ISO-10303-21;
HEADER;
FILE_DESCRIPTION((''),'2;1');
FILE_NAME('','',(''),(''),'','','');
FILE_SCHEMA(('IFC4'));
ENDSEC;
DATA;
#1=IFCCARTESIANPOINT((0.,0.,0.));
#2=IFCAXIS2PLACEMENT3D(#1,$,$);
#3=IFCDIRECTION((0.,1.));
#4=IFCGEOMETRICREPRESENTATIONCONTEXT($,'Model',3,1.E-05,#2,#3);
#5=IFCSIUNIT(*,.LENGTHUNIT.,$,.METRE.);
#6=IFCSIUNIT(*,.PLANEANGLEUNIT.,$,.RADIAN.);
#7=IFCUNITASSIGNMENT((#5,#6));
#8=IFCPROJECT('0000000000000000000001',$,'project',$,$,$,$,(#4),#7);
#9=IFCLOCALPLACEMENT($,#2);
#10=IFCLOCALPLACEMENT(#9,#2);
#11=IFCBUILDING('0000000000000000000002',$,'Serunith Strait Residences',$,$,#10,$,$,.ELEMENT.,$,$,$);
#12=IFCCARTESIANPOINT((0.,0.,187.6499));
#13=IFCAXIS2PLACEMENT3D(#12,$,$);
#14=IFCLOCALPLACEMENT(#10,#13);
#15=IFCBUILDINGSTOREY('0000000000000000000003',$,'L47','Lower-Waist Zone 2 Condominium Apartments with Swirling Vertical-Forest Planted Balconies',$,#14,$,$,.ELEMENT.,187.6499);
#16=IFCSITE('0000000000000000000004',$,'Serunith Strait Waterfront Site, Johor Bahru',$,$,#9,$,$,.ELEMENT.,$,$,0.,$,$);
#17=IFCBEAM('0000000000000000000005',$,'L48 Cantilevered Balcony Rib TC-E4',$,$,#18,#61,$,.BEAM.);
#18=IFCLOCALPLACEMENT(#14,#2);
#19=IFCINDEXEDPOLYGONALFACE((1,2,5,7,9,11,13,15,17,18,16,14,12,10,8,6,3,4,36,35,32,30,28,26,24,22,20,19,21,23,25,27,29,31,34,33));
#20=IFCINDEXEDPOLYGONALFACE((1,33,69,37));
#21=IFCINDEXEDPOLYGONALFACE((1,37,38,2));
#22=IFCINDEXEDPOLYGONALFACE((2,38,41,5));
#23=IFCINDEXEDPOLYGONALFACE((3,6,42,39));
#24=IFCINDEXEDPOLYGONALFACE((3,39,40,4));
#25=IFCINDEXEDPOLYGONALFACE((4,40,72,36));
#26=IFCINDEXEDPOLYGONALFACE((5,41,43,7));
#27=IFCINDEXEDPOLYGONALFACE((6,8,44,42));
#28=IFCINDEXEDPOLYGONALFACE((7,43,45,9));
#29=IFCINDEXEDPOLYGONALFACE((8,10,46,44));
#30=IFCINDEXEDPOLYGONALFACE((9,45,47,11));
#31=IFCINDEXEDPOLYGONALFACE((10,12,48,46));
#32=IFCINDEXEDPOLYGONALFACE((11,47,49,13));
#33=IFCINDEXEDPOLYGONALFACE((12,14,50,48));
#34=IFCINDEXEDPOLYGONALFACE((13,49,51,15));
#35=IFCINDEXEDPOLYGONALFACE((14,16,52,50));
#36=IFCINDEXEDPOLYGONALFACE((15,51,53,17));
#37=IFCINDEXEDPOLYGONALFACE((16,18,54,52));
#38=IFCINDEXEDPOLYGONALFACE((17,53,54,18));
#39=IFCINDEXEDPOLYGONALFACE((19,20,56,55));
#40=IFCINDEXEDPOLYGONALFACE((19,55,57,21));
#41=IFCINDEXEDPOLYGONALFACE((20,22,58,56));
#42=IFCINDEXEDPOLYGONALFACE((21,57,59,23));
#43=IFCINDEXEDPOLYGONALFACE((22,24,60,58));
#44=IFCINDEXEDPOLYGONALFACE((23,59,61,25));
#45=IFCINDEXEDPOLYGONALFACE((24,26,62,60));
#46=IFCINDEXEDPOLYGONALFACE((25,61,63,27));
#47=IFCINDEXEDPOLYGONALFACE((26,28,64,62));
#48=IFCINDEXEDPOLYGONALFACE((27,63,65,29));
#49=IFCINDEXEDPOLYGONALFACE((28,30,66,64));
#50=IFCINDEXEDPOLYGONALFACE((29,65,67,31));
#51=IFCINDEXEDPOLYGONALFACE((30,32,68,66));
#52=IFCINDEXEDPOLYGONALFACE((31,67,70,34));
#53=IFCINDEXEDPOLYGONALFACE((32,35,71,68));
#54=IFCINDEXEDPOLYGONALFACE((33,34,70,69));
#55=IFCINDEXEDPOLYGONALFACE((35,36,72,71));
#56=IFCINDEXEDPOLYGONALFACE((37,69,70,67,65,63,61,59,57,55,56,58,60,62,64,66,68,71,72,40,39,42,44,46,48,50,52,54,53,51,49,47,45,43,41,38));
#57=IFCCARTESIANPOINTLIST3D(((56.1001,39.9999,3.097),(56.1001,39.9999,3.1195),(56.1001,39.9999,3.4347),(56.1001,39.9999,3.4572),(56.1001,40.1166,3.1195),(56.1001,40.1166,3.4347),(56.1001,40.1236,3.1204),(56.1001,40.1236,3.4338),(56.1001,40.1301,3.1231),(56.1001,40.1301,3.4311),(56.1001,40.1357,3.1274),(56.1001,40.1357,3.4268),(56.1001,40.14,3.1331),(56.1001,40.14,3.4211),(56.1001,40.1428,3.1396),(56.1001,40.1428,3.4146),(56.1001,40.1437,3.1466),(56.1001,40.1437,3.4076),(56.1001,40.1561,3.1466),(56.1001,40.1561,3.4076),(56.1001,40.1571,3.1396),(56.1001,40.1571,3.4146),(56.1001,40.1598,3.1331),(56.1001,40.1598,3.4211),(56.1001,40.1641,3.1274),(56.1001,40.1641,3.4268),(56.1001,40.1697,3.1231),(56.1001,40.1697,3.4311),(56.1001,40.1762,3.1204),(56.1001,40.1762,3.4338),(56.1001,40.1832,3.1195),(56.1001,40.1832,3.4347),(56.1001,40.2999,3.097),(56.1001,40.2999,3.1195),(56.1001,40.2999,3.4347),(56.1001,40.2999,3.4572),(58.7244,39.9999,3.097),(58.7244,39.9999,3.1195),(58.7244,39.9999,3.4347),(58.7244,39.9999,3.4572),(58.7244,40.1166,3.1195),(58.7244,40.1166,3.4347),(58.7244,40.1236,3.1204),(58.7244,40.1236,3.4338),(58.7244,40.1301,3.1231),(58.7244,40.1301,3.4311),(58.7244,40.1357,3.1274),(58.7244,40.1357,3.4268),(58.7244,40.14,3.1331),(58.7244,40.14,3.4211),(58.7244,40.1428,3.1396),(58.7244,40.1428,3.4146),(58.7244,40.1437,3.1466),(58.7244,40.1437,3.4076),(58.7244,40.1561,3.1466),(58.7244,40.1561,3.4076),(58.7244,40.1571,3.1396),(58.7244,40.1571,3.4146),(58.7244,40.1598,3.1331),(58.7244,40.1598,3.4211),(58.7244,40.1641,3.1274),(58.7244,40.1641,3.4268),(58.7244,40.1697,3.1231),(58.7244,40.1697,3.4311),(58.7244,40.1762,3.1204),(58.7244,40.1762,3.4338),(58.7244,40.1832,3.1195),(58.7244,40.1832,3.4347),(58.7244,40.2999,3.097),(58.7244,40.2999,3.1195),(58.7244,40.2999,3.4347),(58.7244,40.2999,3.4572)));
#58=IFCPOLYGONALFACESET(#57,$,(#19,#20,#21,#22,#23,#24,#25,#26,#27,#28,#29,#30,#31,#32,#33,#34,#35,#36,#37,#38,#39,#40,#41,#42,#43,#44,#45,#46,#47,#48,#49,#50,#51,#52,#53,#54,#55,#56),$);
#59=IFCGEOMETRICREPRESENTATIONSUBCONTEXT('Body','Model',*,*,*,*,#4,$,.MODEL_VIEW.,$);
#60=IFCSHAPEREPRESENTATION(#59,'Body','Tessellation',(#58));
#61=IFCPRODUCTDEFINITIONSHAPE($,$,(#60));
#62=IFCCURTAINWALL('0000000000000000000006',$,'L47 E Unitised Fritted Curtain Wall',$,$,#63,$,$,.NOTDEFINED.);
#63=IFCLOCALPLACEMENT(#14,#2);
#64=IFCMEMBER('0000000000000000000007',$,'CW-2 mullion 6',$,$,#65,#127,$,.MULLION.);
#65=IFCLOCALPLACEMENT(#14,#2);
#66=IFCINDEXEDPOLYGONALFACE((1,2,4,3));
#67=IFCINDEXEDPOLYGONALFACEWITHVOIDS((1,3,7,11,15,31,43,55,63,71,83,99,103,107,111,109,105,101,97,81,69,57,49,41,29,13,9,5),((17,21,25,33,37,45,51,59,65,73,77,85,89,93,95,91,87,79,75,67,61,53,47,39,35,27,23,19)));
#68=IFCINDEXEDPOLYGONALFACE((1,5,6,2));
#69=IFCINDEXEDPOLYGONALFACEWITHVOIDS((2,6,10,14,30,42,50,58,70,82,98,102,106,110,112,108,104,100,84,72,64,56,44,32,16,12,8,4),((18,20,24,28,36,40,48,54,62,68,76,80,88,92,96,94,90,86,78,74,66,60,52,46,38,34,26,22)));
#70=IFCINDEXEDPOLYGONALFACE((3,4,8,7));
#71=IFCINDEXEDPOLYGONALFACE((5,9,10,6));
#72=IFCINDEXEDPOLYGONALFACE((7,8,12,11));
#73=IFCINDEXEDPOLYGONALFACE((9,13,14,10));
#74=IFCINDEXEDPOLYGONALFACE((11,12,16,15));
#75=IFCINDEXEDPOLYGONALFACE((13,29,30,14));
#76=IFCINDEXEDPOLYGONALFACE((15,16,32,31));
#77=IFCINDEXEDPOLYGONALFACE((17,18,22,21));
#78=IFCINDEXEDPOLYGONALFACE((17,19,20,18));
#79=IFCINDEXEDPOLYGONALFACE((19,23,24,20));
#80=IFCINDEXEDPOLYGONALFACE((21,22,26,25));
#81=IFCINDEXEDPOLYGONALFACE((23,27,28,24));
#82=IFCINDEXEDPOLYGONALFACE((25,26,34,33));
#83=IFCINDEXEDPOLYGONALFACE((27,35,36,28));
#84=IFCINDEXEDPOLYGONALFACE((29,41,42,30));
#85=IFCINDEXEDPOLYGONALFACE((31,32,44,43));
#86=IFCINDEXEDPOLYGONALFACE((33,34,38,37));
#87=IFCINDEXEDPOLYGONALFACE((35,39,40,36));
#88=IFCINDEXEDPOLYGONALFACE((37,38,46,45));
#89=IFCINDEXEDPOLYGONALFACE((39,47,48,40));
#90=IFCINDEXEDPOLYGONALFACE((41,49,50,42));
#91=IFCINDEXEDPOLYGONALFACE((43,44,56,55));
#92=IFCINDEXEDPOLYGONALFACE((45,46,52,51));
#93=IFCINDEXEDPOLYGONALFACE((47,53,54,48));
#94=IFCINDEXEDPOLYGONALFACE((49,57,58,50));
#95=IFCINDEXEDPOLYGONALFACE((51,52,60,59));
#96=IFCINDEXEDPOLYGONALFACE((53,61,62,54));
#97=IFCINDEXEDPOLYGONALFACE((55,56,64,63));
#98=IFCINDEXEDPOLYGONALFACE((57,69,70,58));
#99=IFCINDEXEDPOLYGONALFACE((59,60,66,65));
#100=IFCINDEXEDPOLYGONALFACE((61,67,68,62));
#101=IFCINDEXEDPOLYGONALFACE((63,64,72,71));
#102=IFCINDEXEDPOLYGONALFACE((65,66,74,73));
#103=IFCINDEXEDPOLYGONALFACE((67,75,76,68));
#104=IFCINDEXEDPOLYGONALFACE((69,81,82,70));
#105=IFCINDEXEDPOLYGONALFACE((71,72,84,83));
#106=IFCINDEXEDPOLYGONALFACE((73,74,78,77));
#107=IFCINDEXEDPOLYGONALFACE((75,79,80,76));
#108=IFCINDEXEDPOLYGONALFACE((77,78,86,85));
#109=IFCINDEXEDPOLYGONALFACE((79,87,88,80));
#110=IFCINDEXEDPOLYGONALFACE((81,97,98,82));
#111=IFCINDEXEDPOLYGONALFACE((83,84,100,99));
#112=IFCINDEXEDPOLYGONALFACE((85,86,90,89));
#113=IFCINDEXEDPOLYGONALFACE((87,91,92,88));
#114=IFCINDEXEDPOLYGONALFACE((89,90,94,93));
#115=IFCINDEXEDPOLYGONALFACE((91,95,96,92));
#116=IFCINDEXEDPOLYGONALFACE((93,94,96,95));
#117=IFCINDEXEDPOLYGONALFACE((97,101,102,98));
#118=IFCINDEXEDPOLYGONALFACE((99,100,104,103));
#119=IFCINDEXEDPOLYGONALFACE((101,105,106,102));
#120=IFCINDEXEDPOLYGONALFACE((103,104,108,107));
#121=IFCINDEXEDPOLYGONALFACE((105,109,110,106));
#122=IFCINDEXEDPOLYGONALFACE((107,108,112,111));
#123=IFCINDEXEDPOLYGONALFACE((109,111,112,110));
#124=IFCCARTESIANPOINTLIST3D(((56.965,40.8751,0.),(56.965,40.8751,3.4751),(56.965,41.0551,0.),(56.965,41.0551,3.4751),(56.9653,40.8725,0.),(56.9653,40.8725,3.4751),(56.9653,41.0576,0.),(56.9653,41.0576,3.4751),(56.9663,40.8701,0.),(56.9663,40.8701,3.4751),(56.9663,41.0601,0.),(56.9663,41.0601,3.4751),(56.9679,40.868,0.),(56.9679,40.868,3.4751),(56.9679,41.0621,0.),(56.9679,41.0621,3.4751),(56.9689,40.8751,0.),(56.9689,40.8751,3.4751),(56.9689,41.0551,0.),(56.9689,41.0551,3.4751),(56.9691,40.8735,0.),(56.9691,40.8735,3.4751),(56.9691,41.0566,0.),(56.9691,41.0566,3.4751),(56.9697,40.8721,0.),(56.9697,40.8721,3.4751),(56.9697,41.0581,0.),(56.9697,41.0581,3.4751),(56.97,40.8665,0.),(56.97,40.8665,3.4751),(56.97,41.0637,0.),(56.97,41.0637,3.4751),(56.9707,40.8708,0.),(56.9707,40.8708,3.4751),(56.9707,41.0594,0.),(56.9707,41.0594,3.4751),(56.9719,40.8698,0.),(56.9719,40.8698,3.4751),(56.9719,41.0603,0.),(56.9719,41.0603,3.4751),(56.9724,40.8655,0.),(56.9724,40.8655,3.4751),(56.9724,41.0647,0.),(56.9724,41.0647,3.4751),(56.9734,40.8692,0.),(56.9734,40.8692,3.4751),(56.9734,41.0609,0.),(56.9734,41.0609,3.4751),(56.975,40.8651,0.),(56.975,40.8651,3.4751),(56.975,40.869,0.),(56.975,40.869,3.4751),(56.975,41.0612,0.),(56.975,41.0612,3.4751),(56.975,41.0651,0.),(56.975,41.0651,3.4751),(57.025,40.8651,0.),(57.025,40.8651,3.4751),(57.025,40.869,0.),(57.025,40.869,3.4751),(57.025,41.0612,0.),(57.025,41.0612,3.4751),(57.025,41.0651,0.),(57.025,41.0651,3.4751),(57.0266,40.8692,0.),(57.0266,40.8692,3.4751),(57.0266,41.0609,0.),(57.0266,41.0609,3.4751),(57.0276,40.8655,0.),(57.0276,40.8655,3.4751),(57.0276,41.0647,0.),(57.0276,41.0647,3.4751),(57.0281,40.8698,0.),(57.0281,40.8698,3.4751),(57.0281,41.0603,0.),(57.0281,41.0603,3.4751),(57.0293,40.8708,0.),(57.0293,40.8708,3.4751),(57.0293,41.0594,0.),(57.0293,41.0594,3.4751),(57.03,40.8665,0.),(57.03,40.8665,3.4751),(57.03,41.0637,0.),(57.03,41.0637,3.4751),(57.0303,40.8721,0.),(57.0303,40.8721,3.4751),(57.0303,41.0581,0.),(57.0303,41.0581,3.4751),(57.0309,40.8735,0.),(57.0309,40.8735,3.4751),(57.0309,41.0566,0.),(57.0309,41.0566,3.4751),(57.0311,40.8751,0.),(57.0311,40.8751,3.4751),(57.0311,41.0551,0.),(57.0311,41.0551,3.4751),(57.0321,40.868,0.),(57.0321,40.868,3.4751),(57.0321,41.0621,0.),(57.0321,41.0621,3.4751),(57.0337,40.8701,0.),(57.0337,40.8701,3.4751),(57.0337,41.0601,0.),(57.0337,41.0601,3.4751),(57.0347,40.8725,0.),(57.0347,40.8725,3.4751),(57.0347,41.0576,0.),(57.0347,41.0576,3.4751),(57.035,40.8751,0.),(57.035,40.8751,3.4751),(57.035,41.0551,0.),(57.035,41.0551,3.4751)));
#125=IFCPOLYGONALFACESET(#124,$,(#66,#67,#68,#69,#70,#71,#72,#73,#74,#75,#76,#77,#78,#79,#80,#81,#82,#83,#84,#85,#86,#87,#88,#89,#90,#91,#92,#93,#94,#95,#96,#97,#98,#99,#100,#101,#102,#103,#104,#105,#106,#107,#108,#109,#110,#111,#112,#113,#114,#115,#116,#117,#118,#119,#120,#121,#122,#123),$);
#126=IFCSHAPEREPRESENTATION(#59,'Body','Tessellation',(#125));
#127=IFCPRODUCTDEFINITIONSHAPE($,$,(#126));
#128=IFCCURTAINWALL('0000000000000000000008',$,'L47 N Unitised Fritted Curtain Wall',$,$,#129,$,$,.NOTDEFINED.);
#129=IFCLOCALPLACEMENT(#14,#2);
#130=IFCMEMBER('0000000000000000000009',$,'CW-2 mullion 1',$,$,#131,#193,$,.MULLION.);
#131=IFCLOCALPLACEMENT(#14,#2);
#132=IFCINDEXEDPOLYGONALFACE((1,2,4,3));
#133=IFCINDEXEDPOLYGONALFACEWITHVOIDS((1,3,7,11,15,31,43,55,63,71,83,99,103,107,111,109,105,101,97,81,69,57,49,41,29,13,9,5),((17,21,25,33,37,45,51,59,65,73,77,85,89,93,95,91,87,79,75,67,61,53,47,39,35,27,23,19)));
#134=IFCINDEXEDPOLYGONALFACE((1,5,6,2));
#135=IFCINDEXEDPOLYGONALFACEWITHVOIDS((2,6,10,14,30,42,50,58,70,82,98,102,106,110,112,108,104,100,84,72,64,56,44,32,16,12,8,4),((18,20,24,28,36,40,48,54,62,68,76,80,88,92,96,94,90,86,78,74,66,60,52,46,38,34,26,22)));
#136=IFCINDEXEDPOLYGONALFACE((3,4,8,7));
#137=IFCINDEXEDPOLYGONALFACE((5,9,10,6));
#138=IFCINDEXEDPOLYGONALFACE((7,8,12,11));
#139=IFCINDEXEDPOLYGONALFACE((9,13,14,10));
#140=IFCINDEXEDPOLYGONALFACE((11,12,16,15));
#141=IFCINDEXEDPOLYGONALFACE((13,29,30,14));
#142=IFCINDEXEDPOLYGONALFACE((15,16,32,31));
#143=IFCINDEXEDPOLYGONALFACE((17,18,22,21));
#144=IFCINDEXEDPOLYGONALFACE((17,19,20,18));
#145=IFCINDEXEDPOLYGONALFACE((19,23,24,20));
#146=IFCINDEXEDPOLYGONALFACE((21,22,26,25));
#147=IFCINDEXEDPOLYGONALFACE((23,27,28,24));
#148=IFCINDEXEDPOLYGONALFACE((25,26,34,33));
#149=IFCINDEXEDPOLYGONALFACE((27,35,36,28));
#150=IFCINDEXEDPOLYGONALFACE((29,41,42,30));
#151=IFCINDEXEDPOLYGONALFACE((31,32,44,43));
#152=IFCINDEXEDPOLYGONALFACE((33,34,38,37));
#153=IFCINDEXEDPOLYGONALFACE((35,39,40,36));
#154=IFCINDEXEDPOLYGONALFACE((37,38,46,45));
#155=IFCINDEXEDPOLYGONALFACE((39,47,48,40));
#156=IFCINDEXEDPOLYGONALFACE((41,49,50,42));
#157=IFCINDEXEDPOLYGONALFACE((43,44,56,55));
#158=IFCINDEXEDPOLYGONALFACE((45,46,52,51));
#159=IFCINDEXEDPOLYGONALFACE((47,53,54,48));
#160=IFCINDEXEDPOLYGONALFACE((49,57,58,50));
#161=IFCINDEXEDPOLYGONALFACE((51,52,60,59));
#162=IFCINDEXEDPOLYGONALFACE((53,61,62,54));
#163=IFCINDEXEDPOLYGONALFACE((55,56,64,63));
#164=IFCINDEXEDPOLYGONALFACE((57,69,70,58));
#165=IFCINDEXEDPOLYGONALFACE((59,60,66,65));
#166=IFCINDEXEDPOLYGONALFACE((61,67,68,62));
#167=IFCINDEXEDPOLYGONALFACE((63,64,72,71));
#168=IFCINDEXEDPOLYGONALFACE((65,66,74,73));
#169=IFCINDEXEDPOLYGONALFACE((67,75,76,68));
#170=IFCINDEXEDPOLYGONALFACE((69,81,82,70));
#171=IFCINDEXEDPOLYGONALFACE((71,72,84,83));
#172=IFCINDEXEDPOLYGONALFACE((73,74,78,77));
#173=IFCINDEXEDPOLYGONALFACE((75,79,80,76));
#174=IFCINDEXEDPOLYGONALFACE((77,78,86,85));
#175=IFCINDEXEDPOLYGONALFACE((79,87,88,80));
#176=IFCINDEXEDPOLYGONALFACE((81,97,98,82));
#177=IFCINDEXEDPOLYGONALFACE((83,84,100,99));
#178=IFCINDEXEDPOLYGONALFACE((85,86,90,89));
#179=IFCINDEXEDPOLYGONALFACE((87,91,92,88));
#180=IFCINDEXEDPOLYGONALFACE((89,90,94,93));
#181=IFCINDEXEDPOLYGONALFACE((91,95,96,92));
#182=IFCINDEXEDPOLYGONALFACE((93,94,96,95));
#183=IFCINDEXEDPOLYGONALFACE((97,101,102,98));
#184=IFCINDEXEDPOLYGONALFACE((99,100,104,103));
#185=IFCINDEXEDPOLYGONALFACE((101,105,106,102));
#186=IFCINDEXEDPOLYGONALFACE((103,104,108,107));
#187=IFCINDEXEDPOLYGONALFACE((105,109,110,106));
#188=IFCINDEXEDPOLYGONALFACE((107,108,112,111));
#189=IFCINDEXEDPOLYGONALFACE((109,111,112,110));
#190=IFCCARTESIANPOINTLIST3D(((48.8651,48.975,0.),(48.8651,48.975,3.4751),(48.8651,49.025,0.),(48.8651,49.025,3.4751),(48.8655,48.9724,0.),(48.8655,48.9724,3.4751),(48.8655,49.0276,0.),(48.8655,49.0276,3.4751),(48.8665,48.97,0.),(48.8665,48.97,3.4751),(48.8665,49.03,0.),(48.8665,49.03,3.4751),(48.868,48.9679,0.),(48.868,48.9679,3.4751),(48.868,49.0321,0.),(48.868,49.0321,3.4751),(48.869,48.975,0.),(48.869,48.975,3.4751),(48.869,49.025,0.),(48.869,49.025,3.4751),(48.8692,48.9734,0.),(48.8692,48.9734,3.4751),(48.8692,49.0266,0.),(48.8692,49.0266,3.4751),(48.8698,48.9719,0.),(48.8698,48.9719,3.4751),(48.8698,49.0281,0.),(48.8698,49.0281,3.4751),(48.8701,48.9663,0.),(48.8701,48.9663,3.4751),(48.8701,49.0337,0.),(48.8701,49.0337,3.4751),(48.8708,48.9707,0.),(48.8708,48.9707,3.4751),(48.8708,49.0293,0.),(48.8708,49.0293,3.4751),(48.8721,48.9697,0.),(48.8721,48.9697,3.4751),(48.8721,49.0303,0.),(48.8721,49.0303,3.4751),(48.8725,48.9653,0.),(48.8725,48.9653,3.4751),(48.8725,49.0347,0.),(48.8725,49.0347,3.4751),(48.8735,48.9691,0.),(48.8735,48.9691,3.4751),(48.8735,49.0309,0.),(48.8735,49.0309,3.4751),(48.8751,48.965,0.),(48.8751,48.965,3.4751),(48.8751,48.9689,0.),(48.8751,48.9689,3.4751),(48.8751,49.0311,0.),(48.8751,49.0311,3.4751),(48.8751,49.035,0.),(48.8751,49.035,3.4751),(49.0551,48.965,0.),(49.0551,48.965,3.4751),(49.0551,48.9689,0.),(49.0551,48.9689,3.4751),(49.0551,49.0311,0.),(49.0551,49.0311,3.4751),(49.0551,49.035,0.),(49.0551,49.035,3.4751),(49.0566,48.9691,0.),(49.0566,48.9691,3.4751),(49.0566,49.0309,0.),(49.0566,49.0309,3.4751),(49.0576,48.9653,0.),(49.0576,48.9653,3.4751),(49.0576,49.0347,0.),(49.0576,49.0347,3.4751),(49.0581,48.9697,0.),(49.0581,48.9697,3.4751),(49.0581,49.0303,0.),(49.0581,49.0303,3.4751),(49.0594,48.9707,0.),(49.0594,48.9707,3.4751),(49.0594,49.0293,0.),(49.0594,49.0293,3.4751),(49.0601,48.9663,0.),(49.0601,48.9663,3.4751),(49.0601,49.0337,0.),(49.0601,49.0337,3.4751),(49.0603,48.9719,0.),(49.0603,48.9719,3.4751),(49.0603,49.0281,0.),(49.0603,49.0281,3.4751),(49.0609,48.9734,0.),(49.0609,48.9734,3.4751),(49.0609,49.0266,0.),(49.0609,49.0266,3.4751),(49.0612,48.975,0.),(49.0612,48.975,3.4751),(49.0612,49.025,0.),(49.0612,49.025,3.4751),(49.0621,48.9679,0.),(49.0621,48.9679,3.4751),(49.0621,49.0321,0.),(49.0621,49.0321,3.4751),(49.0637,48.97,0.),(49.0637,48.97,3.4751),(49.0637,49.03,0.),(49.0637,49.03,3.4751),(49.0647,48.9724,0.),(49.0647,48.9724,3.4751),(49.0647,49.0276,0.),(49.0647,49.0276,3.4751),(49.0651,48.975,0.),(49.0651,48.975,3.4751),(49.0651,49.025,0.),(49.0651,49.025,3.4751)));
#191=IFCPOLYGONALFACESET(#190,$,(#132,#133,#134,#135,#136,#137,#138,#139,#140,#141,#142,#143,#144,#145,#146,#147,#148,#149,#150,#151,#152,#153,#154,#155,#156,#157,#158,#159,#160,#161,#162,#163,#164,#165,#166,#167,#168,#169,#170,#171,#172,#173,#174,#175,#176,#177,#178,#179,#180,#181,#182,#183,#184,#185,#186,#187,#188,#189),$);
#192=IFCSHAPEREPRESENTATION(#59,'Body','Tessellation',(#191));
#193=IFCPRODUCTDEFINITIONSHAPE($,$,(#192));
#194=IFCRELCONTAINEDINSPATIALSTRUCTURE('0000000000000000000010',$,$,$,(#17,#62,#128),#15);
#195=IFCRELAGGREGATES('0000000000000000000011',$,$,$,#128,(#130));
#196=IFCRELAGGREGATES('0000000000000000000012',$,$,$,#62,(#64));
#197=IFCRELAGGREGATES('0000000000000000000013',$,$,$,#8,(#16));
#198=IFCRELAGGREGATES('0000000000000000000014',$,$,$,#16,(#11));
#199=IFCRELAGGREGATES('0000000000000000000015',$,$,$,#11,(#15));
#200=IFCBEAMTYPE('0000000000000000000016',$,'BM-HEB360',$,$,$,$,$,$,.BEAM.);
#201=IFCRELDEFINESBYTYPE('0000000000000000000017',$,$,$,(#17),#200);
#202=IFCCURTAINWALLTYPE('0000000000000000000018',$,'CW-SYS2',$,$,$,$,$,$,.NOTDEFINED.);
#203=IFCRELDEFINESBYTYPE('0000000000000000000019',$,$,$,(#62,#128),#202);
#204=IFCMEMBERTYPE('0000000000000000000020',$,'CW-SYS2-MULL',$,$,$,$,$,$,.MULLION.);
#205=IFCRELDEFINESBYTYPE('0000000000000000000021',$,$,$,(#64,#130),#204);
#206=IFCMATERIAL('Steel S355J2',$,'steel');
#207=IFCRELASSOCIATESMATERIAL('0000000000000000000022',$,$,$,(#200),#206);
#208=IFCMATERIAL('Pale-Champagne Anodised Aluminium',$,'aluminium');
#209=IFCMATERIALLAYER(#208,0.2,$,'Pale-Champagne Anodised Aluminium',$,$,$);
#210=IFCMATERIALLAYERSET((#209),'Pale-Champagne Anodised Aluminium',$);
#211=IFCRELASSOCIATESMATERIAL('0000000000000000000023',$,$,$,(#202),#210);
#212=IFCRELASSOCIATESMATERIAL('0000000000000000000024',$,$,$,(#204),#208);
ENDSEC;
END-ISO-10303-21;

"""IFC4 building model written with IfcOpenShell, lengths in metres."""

from ifc_helpers import new_model, si_unit, direction, frame, origin, origin_2d, place, context, subcontext, project, spatial, hollow_rectangle, i_section, extrude, source, transform, mapped, material, layer, layer_set, material_profile, profile_set, type_object, element, aggregate, save


model = new_model("IFC4")

# Units and contexts
model_context = context("Model", 3, precision=1e-05, world=origin(), true_north=direction((0.0, 1.0)))
body_context = subcontext(model_context, "Body", "Model", "MODEL_VIEW")
ifc_project = project(units=[si_unit("LENGTHUNIT", "METRE"), si_unit("PLANEANGLEUNIT", "RADIAN")], contexts=[model_context])

# Site, building, storey
site_placement = place(None, origin())
site = spatial("IfcSite", under=ifc_project, at=site_placement, Name="Serunith Strait Waterfront Site, Johor Bahru", CompositionType="ELEMENT", RefElevation=0.0)
building_placement = place(site_placement, origin())
building = spatial("IfcBuilding", under=site, at=building_placement, Name="Serunith Strait Residences", CompositionType="ELEMENT")
storey_placement = place(building_placement, frame((0.0, 0.0, 187.6499)))
storey = spatial("IfcBuildingStorey", under=building, at=storey_placement, Name="L47", Description="Lower-Waist Zone 2 Condominium Apartments with Swirling Vertical-Forest Planted Balconies", CompositionType="ELEMENT", Elevation=187.6499)

# Beam
ifc_material_1 = material(Name="Steel S355J2", Category="steel")
ifc_material_profile_1 = material_profile(ifc_material_1, i_section(OverallWidth=0.3, OverallDepth=0.3601, WebThickness=0.0125, FlangeThickness=0.0225, FilletRadius=0.0271, at=origin_2d()), Name="HEB 360")
ifc_profile_set_1 = profile_set([ifc_material_profile_1], Name="Steel S355J2")
beam_type_1 = type_object("IfcBeamType", Name="BM-HEB360", PredefinedType="BEAM", material=ifc_profile_set_1)
shared_shape_1 = source(origin(), body_context, "Body", "SweptSolid", [
    extrude(i_section(OverallWidth=0.3, OverallDepth=0.3601, WebThickness=0.0125, FlangeThickness=0.0225, FilletRadius=0.0271, at=origin_2d()), origin(), (0.0, 0.0, 1.0), 2.6243),
])
beam_1_placement = place(storey_placement, frame((56.1001, 40.1499, 3.2771), z_axis=(1.0, 0.0, 0.0), x_axis=(0.0, 1.0, 0.0)))
element("IfcBeam", 1, at=beam_1_placement, inside=storey, type_object=beam_type_1, Name="L48 Cantilevered Balcony Rib TC-E4", PredefinedType="BEAM", context=body_context, shape_type="MappedRepresentation", body=[
    mapped(shared_shape_1, transform((0.0, 0.0, 0.0), scale=1.0)),
])

# Curtain wall, member
ifc_material_2 = material(Name="Pale-Champagne Anodised Aluminium", Category="aluminium")
ifc_layer_1 = layer(ifc_material_2, 0.2, Name="Pale-Champagne Anodised Aluminium")
ifc_layer_set_1 = layer_set([ifc_layer_1], Name="Pale-Champagne Anodised Aluminium")
curtain_wall_type = type_object("IfcCurtainWallType", Name="CW-SYS2", PredefinedType="NOTDEFINED", material=ifc_layer_set_1)
curtain_wall_1_placement = place(storey_placement, origin())
curtain_wall_1 = element("IfcCurtainWall", 2, at=curtain_wall_1_placement, inside=storey, type_object=curtain_wall_type, Name="L47 E Unitised Fritted Curtain Wall", PredefinedType="NOTDEFINED")
ifc_material_profile_2 = material_profile(ifc_material_2, hollow_rectangle(XDim=0.0701, YDim=0.2, WallThickness=0.0039, InnerFilletRadius=0.0061, OuterFilletRadius=0.01, at=origin_2d()), Name="ALU 200x70x4")
ifc_profile_set_2 = profile_set([ifc_material_profile_2], Name="Pale-Champagne Anodised Aluminium")
member_type_1 = type_object("IfcMemberType", Name="CW-SYS2-MULL", PredefinedType="MULLION", material=ifc_profile_set_2)
shared_shape_2 = source(origin(), body_context, "Body", "SweptSolid", [
    extrude(hollow_rectangle(XDim=0.0701, YDim=0.2, WallThickness=0.0039, InnerFilletRadius=0.0061, OuterFilletRadius=0.01, at=origin_2d()), origin(), (0.0, 0.0, 1.0), 3.4751),
])
member_1_placement = place(storey_placement, frame((57.0, 40.9651, 0.0), z_axis=(0.0, 0.0, 1.0), x_axis=(-1.0, 0.0, 0.0)))
member_1 = element("IfcMember", 3, at=member_1_placement, type_object=member_type_1, Name="CW-2 mullion 6", PredefinedType="MULLION", context=body_context, shape_type="MappedRepresentation", body=[
    mapped(shared_shape_2, transform((0.0, 0.0, 0.0), scale=1.0)),
])

# Curtain wall, member
curtain_wall_2_placement = place(storey_placement, origin())
curtain_wall_2 = element("IfcCurtainWall", 4, at=curtain_wall_2_placement, inside=storey, type_object=curtain_wall_type, Name="L47 N Unitised Fritted Curtain Wall", PredefinedType="NOTDEFINED")
member_2_placement = place(storey_placement, frame((48.9651, 49.0, 0.0), z_axis=(0.0, 0.0, 1.0), x_axis=(0.0, -1.0, 0.0)))
member_2 = element("IfcMember", 5, at=member_2_placement, type_object=member_type_1, Name="CW-2 mullion 1", PredefinedType="MULLION", context=body_context, shape_type="MappedRepresentation", body=[
    mapped(shared_shape_2, transform((0.0, 0.0, 0.0), scale=1.0)),
])
aggregate(curtain_wall_2, [member_2])

aggregate(curtain_wall_1, [member_1])

save(model, "model.ifc")
